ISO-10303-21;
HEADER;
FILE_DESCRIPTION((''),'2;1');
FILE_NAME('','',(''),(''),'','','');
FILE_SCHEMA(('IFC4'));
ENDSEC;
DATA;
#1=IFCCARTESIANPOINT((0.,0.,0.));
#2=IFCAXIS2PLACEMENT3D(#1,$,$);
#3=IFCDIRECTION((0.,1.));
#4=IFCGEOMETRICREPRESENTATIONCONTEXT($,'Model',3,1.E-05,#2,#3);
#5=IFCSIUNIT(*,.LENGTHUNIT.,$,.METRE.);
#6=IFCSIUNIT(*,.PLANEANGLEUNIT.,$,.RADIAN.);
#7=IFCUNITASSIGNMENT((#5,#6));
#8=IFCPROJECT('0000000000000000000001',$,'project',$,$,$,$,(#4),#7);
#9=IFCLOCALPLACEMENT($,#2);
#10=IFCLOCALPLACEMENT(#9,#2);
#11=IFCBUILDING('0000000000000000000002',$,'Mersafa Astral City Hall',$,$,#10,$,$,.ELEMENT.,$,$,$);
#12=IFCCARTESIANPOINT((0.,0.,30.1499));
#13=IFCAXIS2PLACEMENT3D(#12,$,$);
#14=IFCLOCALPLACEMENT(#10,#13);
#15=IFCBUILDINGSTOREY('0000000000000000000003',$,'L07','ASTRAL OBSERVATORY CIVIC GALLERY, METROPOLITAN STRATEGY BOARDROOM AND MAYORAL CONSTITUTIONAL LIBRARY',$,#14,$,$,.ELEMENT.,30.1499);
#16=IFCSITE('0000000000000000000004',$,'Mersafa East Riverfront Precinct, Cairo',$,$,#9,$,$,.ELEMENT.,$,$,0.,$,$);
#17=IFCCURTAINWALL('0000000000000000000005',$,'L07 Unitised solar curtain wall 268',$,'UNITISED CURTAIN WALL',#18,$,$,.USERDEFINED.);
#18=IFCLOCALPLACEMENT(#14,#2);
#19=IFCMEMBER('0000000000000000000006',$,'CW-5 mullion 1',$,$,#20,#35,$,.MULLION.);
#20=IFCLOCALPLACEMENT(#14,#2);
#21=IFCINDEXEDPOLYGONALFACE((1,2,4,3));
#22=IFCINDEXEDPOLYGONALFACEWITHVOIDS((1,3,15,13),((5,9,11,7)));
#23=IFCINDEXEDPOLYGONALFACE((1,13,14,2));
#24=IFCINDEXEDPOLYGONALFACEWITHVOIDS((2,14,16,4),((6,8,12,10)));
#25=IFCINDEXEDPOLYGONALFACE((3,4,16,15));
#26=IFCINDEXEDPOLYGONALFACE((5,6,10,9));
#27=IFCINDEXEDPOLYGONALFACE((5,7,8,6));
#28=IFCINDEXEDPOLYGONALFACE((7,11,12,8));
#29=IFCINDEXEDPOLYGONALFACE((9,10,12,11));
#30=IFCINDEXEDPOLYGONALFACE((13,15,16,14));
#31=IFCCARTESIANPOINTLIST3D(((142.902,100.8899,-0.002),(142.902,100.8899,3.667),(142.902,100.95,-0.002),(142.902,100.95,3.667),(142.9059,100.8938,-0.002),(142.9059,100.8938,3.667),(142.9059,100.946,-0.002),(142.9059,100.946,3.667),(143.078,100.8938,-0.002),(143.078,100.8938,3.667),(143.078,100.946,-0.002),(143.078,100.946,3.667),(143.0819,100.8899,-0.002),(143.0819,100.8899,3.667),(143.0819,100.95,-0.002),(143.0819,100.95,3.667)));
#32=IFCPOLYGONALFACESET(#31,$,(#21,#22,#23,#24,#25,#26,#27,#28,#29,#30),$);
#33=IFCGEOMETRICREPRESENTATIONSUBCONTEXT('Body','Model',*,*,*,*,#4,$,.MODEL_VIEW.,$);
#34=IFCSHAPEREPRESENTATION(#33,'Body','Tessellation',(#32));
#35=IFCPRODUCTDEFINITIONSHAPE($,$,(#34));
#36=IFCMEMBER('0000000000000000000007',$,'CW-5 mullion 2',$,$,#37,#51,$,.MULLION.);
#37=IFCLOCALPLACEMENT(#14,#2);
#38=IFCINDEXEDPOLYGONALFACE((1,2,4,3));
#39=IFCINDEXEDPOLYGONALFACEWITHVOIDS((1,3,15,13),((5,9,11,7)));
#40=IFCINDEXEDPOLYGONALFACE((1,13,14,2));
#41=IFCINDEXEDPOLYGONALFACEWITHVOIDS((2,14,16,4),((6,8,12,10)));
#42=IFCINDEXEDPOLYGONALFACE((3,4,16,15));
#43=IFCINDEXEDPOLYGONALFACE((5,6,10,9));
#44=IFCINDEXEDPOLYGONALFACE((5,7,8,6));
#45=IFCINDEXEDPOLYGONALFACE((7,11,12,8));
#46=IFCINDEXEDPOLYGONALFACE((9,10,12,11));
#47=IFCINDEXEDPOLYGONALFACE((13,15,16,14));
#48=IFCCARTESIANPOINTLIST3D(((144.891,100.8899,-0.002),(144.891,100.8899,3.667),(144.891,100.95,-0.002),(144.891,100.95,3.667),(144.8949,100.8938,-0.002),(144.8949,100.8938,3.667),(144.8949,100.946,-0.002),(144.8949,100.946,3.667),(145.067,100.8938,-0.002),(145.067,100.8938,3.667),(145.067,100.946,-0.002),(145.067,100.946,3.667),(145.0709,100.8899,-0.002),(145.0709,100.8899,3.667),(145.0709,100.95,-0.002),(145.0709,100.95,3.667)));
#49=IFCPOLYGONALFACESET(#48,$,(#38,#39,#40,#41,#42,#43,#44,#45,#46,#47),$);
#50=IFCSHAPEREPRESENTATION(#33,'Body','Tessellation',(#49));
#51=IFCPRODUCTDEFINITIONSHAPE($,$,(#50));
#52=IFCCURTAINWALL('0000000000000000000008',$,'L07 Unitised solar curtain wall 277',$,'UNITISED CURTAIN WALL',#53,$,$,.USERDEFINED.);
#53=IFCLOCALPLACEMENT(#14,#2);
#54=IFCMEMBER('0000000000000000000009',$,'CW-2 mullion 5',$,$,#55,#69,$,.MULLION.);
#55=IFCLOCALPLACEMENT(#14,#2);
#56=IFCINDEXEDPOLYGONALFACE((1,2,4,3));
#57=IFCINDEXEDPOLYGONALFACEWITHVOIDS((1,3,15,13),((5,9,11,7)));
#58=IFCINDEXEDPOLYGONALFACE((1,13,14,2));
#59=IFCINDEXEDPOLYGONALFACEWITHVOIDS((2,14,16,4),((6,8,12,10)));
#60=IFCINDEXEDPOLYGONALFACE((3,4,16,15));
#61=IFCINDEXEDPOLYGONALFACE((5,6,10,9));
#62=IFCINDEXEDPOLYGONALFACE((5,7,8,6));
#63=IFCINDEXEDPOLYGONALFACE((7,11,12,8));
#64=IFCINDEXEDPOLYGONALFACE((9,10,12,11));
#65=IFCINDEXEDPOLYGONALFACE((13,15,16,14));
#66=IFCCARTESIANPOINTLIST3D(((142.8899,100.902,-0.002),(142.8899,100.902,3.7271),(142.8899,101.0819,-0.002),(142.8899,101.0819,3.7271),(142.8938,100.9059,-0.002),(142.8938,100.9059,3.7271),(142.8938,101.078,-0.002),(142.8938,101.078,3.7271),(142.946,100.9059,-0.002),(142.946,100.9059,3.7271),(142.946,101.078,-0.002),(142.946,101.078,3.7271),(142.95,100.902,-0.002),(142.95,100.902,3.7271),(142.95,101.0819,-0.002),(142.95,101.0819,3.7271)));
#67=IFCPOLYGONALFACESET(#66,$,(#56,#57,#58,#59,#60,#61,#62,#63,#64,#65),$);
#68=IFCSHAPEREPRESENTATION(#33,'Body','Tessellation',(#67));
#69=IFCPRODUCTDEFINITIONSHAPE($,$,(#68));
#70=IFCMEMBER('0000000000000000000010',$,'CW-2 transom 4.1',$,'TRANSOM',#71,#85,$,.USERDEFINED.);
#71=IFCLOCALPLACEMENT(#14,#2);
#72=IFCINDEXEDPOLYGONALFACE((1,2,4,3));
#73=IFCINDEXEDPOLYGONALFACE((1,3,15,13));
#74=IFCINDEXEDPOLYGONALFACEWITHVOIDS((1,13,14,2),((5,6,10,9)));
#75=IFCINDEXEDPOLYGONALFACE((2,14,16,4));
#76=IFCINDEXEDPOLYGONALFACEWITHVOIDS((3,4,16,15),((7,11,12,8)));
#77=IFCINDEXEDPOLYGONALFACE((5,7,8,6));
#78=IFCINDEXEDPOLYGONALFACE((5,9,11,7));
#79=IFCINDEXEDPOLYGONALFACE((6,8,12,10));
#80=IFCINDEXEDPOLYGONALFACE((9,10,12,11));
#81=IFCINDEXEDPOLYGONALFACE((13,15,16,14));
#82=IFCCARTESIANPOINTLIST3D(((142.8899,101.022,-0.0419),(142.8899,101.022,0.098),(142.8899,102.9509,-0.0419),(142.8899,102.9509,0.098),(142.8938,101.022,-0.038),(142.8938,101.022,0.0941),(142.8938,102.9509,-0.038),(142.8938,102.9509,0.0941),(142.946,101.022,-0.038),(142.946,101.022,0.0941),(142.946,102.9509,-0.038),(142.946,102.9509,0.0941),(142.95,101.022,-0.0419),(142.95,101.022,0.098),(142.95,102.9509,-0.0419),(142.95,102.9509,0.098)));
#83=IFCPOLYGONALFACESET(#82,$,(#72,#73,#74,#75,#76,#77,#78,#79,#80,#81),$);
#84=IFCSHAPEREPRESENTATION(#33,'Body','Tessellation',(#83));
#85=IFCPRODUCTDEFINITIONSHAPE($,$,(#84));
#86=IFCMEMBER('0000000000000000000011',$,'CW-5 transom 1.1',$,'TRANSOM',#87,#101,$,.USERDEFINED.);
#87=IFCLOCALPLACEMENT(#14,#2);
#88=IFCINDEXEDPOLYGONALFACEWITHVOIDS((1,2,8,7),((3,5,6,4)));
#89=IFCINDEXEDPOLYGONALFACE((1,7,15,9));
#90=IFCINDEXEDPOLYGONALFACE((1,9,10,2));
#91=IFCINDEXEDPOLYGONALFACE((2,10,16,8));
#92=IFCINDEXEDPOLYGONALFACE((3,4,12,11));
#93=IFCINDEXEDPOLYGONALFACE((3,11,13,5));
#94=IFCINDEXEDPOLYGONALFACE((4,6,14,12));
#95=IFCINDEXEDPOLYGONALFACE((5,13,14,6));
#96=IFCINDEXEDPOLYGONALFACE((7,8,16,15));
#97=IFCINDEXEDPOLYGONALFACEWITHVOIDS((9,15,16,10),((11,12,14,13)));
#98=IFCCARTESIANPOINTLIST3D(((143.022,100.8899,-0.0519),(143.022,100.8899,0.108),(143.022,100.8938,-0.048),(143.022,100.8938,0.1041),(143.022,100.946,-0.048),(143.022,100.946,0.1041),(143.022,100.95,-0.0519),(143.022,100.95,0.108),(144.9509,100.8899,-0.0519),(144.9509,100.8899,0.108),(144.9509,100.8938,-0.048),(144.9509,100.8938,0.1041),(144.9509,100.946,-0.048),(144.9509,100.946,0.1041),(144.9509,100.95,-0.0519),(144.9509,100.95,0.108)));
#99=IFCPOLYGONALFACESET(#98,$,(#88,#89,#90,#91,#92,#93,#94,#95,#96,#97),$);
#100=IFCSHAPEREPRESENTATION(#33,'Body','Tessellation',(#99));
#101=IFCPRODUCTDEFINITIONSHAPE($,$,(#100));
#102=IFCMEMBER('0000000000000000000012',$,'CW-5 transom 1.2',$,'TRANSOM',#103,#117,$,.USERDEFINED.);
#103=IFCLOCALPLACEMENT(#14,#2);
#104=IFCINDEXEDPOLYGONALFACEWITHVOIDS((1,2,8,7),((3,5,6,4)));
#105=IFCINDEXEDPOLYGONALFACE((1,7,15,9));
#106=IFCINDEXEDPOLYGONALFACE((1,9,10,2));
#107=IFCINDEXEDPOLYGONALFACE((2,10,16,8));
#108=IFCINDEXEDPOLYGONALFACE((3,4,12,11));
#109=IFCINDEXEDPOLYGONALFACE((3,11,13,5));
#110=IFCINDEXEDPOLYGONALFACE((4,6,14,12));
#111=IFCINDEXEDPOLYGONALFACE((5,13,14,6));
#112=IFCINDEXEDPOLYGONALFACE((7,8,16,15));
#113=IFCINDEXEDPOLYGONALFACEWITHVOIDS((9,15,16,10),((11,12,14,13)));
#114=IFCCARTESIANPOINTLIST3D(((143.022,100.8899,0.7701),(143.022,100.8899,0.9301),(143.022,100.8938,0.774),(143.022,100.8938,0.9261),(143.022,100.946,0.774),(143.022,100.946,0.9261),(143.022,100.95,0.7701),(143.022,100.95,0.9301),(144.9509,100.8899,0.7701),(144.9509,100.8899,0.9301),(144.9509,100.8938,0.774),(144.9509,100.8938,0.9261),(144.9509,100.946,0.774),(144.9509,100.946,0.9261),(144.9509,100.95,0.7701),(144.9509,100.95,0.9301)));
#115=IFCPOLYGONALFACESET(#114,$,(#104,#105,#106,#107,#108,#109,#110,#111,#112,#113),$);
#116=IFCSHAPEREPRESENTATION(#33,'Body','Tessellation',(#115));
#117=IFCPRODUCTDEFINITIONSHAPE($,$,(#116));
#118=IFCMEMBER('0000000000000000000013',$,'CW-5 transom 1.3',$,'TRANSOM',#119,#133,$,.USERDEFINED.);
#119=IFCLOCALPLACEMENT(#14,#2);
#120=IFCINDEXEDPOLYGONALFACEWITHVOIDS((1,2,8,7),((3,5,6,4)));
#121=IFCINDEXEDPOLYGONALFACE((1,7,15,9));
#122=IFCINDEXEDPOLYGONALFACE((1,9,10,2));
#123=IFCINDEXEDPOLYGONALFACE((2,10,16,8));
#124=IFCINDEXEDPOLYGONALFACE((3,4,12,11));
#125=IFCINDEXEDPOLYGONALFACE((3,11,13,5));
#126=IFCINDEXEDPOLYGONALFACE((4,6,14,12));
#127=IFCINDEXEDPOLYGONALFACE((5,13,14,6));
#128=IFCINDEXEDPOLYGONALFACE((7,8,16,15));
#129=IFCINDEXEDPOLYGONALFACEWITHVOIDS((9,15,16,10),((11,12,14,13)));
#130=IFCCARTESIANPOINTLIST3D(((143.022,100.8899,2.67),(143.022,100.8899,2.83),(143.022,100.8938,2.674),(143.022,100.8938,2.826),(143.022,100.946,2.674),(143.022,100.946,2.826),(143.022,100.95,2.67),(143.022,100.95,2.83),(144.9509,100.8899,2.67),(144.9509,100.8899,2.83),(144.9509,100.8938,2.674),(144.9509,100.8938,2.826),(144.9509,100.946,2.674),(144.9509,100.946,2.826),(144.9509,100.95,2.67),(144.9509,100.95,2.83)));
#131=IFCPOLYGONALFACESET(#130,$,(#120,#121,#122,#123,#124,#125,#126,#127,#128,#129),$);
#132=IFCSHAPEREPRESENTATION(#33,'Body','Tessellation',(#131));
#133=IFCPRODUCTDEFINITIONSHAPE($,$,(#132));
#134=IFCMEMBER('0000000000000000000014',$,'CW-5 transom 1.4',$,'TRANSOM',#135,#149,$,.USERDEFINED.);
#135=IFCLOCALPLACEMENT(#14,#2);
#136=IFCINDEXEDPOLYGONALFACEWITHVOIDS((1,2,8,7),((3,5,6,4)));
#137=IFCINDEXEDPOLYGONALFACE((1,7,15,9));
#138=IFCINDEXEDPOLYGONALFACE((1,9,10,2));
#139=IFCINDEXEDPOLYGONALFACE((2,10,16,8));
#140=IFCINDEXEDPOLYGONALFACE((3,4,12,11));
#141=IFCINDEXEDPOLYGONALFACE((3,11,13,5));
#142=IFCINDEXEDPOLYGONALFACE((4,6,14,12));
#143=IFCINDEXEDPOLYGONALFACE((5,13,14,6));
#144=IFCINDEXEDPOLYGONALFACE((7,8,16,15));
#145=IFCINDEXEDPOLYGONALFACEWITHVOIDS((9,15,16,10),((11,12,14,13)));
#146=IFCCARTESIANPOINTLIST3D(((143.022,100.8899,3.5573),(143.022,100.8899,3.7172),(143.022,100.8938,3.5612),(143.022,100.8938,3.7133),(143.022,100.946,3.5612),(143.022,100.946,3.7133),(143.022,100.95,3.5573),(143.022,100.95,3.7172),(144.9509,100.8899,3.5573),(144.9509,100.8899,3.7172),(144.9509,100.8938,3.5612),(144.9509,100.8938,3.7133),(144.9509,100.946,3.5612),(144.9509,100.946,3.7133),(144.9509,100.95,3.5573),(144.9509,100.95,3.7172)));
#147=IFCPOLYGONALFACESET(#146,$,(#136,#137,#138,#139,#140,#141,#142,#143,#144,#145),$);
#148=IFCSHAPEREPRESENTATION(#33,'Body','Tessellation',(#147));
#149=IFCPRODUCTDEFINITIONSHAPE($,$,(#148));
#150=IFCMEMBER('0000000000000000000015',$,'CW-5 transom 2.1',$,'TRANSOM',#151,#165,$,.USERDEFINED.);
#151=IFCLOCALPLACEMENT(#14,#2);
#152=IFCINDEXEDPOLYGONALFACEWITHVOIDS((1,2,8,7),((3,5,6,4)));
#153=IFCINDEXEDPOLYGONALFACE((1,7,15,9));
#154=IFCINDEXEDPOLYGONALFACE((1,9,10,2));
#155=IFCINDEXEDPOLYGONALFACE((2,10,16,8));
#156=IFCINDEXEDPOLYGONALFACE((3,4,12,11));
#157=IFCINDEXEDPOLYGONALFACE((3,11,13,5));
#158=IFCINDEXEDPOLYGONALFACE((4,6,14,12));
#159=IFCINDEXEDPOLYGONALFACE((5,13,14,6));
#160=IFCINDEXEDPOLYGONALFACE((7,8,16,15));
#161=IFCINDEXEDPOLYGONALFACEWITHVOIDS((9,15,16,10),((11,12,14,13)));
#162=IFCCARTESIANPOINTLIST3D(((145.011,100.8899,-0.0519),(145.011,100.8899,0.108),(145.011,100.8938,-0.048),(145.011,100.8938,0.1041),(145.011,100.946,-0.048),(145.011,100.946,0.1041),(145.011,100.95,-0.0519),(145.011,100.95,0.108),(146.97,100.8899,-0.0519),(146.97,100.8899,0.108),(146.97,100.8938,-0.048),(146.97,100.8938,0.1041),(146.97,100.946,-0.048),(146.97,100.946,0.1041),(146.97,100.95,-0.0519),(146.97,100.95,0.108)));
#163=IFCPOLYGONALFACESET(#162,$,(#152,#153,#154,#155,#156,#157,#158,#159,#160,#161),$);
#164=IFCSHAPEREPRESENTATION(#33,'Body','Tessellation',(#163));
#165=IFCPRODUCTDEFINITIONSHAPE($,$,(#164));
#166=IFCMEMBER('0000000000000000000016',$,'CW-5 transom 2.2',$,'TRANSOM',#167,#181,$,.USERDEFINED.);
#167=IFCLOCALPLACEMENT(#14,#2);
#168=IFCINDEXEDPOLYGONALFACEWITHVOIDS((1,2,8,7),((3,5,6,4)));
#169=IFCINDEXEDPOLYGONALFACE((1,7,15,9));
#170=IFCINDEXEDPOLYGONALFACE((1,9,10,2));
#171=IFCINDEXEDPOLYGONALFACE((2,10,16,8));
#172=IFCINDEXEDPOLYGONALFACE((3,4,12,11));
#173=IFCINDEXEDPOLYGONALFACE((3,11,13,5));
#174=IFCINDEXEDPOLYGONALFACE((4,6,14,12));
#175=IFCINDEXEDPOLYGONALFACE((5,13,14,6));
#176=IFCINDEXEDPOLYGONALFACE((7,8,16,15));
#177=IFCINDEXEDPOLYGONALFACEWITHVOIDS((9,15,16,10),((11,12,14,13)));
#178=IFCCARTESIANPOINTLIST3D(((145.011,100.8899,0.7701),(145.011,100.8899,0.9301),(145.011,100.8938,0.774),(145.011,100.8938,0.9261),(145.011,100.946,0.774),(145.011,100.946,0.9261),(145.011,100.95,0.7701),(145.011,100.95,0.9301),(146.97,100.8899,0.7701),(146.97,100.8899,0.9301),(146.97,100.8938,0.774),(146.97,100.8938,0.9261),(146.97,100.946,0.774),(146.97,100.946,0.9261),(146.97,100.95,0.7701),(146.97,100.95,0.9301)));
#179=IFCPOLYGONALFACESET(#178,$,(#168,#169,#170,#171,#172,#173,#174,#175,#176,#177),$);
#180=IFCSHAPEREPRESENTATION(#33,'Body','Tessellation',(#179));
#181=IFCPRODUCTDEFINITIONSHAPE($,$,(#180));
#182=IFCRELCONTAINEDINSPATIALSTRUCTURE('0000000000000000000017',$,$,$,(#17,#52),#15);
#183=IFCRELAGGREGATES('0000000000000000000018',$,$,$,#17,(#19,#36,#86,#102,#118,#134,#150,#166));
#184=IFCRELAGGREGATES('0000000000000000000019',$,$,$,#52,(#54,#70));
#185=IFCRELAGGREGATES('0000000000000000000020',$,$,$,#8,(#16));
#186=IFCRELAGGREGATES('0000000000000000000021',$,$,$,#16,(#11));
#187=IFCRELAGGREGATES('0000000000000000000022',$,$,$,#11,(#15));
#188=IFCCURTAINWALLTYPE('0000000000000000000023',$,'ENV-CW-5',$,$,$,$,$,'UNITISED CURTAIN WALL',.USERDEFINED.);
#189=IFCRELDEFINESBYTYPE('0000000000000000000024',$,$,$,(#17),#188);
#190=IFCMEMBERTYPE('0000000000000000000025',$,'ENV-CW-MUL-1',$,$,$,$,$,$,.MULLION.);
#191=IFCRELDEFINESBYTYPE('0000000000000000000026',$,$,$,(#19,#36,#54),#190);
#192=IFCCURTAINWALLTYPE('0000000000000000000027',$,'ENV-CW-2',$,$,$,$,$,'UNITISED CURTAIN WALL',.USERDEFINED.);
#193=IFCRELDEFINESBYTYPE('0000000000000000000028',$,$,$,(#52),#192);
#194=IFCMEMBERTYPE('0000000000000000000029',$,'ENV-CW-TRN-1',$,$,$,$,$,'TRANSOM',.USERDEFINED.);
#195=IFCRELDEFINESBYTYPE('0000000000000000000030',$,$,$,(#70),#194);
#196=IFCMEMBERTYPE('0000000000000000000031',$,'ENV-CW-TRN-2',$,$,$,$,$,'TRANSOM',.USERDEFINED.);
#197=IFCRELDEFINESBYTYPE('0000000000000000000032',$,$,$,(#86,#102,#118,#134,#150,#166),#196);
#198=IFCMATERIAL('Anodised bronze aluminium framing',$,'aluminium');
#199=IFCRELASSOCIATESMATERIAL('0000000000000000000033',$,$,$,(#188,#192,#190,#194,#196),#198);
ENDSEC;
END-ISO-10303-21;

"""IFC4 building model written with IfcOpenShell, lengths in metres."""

from ifc_helpers import new_model, si_unit, direction, frame, origin, origin_2d, place, context, subcontext, project, spatial, hollow_rectangle, extrude, material, material_profile, profile_set, type_object, element, aggregate, save


model = new_model("IFC4")

# Units and contexts
model_context = context("Model", 3, precision=1e-05, world=origin(), true_north=direction((0.0, 1.0)))
body_context = subcontext(model_context, "Body", "Model", "MODEL_VIEW")
ifc_project = project(units=[si_unit("LENGTHUNIT", "METRE"), si_unit("PLANEANGLEUNIT", "RADIAN")], contexts=[model_context])

# Site, building, storey
site_placement = place(None, origin())
site = spatial("IfcSite", under=ifc_project, at=site_placement, Name="Mersafa East Riverfront Precinct, Cairo", CompositionType="ELEMENT", RefElevation=0.0)
building_placement = place(site_placement, origin())
building = spatial("IfcBuilding", under=site, at=building_placement, Name="Mersafa Astral City Hall", CompositionType="ELEMENT")
storey_placement = place(building_placement, frame((0.0, 0.0, 30.1499)))
storey = spatial("IfcBuildingStorey", under=building, at=storey_placement, Name="L07", Description="ASTRAL OBSERVATORY CIVIC GALLERY, METROPOLITAN STRATEGY BOARDROOM AND MAYORAL CONSTITUTIONAL LIBRARY", CompositionType="ELEMENT", Elevation=30.1499)

# Curtain walls, members
ifc_material_1 = material(Name="Anodised bronze aluminium framing", Category="aluminium")
curtain_wall_type_1 = type_object("IfcCurtainWallType", Name="ENV-CW-5", ElementType="UNITISED CURTAIN WALL", PredefinedType="USERDEFINED", material=ifc_material_1)
curtain_wall_1_placement = place(storey_placement, origin())
curtain_wall_1 = element("IfcCurtainWall", 1, at=curtain_wall_1_placement, inside=storey, type_object=curtain_wall_type_1, Name="L07 Unitised solar curtain wall 268", ObjectType="UNITISED CURTAIN WALL", PredefinedType="USERDEFINED")
ifc_material_profile_1 = material_profile(ifc_material_1, hollow_rectangle(XDim=0.0601, YDim=0.1799, WallThickness=0.0039, at=origin_2d()), Name="RHS 60x180x4")
ifc_profile_set_1 = profile_set([ifc_material_profile_1], Name="Anodised bronze aluminium framing")
member_type_1 = type_object("IfcMemberType", Name="ENV-CW-MUL-1", PredefinedType="MULLION", material=ifc_profile_set_1)
member_1_placement = place(storey_placement, frame((142.9919, 100.9199, -0.002), z_axis=(0.0, 0.0, 1.0), x_axis=(0.0, 1.0, 0.0)))
member_1 = element("IfcMember", 2, at=member_1_placement, type_object=member_type_1, Name="CW-5 mullion 1", PredefinedType="MULLION", context=body_context, shape_type="SweptSolid", body=[
    extrude(hollow_rectangle(XDim=0.0601, YDim=0.1799, WallThickness=0.0039, at=origin_2d()), origin(), (0.0, 0.0, 1.0), 3.6689),
])
member_2_placement = place(storey_placement, frame((144.981, 100.9199, -0.002), z_axis=(0.0, 0.0, 1.0), x_axis=(0.0, 1.0, 0.0)))
member_2 = element("IfcMember", 3, at=member_2_placement, type_object=member_type_1, Name="CW-5 mullion 2", PredefinedType="MULLION", context=body_context, shape_type="SweptSolid", body=[
    extrude(hollow_rectangle(XDim=0.0601, YDim=0.1799, WallThickness=0.0039, at=origin_2d()), origin(), (0.0, 0.0, 1.0), 3.6689),
])
curtain_wall_type_2 = type_object("IfcCurtainWallType", Name="ENV-CW-2", ElementType="UNITISED CURTAIN WALL", PredefinedType="USERDEFINED", material=ifc_material_1)
curtain_wall_2_placement = place(storey_placement, origin())
curtain_wall_2 = element("IfcCurtainWall", 4, at=curtain_wall_2_placement, inside=storey, type_object=curtain_wall_type_2, Name="L07 Unitised solar curtain wall 277", ObjectType="UNITISED CURTAIN WALL", PredefinedType="USERDEFINED")
member_3_placement = place(storey_placement, frame((142.9199, 100.9919, -0.002), z_axis=(0.0, 0.0, 1.0), x_axis=(1.0, 0.0, 0.0)))
member_3 = element("IfcMember", 5, at=member_3_placement, type_object=member_type_1, Name="CW-2 mullion 5", PredefinedType="MULLION", context=body_context, shape_type="SweptSolid", body=[
    extrude(hollow_rectangle(XDim=0.0601, YDim=0.1799, WallThickness=0.0039, at=origin_2d()), origin(), (0.0, 0.0, 1.0), 3.729),
])
ifc_material_profile_2 = material_profile(ifc_material_1, hollow_rectangle(XDim=0.0601, YDim=0.1399, WallThickness=0.0039, at=origin_2d()), Name="RHS 60x140x4")
ifc_profile_set_2 = profile_set([ifc_material_profile_2], Name="Anodised bronze aluminium framing")
member_type_2 = type_object("IfcMemberType", Name="ENV-CW-TRN-1", ElementType="TRANSOM", PredefinedType="USERDEFINED", material=ifc_profile_set_2)
member_4_placement = place(storey_placement, frame((142.9199, 102.9509, 0.0281), z_axis=(0.0, -1.0, 0.0), x_axis=(1.0, 0.0, 0.0)))
member_4 = element("IfcMember", 6, at=member_4_placement, type_object=member_type_2, Name="CW-2 transom 4.1", ObjectType="TRANSOM", PredefinedType="USERDEFINED", context=body_context, shape_type="SweptSolid", body=[
    extrude(hollow_rectangle(XDim=0.0601, YDim=0.1399, WallThickness=0.0039, at=origin_2d()), origin(), (0.0, 0.0, 1.0), 1.929),
])

# Members
ifc_material_profile_3 = material_profile(ifc_material_1, hollow_rectangle(XDim=0.0601, YDim=0.1599, WallThickness=0.0039, at=origin_2d()), Name="RHS 60x160x4")
ifc_profile_set_3 = profile_set([ifc_material_profile_3], Name="Anodised bronze aluminium framing")
member_type_3 = type_object("IfcMemberType", Name="ENV-CW-TRN-2", ElementType="TRANSOM", PredefinedType="USERDEFINED", material=ifc_profile_set_3)
member_5_placement = place(storey_placement, frame((143.022, 100.9199, 0.0281), z_axis=(1.0, 0.0, 0.0), x_axis=(0.0, 1.0, 0.0)))
member_5 = element("IfcMember", 7, at=member_5_placement, type_object=member_type_3, Name="CW-5 transom 1.1", ObjectType="TRANSOM", PredefinedType="USERDEFINED", context=body_context, shape_type="SweptSolid", body=[
    extrude(hollow_rectangle(XDim=0.0601, YDim=0.1599, WallThickness=0.0039, at=origin_2d()), origin(), (0.0, 0.0, 1.0), 1.929),
])
member_6_placement = place(storey_placement, frame((143.022, 100.9199, 0.8501), z_axis=(1.0, 0.0, 0.0), x_axis=(0.0, 1.0, 0.0)))
member_6 = element("IfcMember", 8, at=member_6_placement, type_object=member_type_3, Name="CW-5 transom 1.2", ObjectType="TRANSOM", PredefinedType="USERDEFINED", context=body_context, shape_type="SweptSolid", body=[
    extrude(hollow_rectangle(XDim=0.0601, YDim=0.1599, WallThickness=0.0039, at=origin_2d()), origin(), (0.0, 0.0, 1.0), 1.929),
])
member_7_placement = place(storey_placement, frame((143.022, 100.9199, 2.75), z_axis=(1.0, 0.0, 0.0), x_axis=(0.0, 1.0, 0.0)))
member_7 = element("IfcMember", 9, at=member_7_placement, type_object=member_type_3, Name="CW-5 transom 1.3", ObjectType="TRANSOM", PredefinedType="USERDEFINED", context=body_context, shape_type="SweptSolid", body=[
    extrude(hollow_rectangle(XDim=0.0601, YDim=0.1599, WallThickness=0.0039, at=origin_2d()), origin(), (0.0, 0.0, 1.0), 1.929),
])
member_8_placement = place(storey_placement, frame((143.022, 100.9199, 3.6372), z_axis=(1.0, 0.0, 0.0), x_axis=(0.0, 1.0, 0.0)))
member_8 = element("IfcMember", 10, at=member_8_placement, type_object=member_type_3, Name="CW-5 transom 1.4", ObjectType="TRANSOM", PredefinedType="USERDEFINED", context=body_context, shape_type="SweptSolid", body=[
    extrude(hollow_rectangle(XDim=0.0601, YDim=0.1599, WallThickness=0.0039, at=origin_2d()), origin(), (0.0, 0.0, 1.0), 1.929),
])
member_9_placement = place(storey_placement, frame((145.011, 100.9199, 0.0281), z_axis=(1.0, 0.0, 0.0), x_axis=(0.0, 1.0, 0.0)))
member_9 = element("IfcMember", 11, at=member_9_placement, type_object=member_type_3, Name="CW-5 transom 2.1", ObjectType="TRANSOM", PredefinedType="USERDEFINED", context=body_context, shape_type="SweptSolid", body=[
    extrude(hollow_rectangle(XDim=0.0601, YDim=0.1599, WallThickness=0.0039, at=origin_2d()), origin(), (0.0, 0.0, 1.0), 1.959),
])
member_10_placement = place(storey_placement, frame((145.011, 100.9199, 0.8501), z_axis=(1.0, 0.0, 0.0), x_axis=(0.0, 1.0, 0.0)))
member_10 = element("IfcMember", 12, at=member_10_placement, type_object=member_type_3, Name="CW-5 transom 2.2", ObjectType="TRANSOM", PredefinedType="USERDEFINED", context=body_context, shape_type="SweptSolid", body=[
    extrude(hollow_rectangle(XDim=0.0601, YDim=0.1599, WallThickness=0.0039, at=origin_2d()), origin(), (0.0, 0.0, 1.0), 1.959),
])

aggregate(curtain_wall_1, [member_1, member_2, member_5, member_6, member_7, member_8, member_9, member_10])
aggregate(curtain_wall_2, [member_3, member_4])

save(model, "model.ifc")
